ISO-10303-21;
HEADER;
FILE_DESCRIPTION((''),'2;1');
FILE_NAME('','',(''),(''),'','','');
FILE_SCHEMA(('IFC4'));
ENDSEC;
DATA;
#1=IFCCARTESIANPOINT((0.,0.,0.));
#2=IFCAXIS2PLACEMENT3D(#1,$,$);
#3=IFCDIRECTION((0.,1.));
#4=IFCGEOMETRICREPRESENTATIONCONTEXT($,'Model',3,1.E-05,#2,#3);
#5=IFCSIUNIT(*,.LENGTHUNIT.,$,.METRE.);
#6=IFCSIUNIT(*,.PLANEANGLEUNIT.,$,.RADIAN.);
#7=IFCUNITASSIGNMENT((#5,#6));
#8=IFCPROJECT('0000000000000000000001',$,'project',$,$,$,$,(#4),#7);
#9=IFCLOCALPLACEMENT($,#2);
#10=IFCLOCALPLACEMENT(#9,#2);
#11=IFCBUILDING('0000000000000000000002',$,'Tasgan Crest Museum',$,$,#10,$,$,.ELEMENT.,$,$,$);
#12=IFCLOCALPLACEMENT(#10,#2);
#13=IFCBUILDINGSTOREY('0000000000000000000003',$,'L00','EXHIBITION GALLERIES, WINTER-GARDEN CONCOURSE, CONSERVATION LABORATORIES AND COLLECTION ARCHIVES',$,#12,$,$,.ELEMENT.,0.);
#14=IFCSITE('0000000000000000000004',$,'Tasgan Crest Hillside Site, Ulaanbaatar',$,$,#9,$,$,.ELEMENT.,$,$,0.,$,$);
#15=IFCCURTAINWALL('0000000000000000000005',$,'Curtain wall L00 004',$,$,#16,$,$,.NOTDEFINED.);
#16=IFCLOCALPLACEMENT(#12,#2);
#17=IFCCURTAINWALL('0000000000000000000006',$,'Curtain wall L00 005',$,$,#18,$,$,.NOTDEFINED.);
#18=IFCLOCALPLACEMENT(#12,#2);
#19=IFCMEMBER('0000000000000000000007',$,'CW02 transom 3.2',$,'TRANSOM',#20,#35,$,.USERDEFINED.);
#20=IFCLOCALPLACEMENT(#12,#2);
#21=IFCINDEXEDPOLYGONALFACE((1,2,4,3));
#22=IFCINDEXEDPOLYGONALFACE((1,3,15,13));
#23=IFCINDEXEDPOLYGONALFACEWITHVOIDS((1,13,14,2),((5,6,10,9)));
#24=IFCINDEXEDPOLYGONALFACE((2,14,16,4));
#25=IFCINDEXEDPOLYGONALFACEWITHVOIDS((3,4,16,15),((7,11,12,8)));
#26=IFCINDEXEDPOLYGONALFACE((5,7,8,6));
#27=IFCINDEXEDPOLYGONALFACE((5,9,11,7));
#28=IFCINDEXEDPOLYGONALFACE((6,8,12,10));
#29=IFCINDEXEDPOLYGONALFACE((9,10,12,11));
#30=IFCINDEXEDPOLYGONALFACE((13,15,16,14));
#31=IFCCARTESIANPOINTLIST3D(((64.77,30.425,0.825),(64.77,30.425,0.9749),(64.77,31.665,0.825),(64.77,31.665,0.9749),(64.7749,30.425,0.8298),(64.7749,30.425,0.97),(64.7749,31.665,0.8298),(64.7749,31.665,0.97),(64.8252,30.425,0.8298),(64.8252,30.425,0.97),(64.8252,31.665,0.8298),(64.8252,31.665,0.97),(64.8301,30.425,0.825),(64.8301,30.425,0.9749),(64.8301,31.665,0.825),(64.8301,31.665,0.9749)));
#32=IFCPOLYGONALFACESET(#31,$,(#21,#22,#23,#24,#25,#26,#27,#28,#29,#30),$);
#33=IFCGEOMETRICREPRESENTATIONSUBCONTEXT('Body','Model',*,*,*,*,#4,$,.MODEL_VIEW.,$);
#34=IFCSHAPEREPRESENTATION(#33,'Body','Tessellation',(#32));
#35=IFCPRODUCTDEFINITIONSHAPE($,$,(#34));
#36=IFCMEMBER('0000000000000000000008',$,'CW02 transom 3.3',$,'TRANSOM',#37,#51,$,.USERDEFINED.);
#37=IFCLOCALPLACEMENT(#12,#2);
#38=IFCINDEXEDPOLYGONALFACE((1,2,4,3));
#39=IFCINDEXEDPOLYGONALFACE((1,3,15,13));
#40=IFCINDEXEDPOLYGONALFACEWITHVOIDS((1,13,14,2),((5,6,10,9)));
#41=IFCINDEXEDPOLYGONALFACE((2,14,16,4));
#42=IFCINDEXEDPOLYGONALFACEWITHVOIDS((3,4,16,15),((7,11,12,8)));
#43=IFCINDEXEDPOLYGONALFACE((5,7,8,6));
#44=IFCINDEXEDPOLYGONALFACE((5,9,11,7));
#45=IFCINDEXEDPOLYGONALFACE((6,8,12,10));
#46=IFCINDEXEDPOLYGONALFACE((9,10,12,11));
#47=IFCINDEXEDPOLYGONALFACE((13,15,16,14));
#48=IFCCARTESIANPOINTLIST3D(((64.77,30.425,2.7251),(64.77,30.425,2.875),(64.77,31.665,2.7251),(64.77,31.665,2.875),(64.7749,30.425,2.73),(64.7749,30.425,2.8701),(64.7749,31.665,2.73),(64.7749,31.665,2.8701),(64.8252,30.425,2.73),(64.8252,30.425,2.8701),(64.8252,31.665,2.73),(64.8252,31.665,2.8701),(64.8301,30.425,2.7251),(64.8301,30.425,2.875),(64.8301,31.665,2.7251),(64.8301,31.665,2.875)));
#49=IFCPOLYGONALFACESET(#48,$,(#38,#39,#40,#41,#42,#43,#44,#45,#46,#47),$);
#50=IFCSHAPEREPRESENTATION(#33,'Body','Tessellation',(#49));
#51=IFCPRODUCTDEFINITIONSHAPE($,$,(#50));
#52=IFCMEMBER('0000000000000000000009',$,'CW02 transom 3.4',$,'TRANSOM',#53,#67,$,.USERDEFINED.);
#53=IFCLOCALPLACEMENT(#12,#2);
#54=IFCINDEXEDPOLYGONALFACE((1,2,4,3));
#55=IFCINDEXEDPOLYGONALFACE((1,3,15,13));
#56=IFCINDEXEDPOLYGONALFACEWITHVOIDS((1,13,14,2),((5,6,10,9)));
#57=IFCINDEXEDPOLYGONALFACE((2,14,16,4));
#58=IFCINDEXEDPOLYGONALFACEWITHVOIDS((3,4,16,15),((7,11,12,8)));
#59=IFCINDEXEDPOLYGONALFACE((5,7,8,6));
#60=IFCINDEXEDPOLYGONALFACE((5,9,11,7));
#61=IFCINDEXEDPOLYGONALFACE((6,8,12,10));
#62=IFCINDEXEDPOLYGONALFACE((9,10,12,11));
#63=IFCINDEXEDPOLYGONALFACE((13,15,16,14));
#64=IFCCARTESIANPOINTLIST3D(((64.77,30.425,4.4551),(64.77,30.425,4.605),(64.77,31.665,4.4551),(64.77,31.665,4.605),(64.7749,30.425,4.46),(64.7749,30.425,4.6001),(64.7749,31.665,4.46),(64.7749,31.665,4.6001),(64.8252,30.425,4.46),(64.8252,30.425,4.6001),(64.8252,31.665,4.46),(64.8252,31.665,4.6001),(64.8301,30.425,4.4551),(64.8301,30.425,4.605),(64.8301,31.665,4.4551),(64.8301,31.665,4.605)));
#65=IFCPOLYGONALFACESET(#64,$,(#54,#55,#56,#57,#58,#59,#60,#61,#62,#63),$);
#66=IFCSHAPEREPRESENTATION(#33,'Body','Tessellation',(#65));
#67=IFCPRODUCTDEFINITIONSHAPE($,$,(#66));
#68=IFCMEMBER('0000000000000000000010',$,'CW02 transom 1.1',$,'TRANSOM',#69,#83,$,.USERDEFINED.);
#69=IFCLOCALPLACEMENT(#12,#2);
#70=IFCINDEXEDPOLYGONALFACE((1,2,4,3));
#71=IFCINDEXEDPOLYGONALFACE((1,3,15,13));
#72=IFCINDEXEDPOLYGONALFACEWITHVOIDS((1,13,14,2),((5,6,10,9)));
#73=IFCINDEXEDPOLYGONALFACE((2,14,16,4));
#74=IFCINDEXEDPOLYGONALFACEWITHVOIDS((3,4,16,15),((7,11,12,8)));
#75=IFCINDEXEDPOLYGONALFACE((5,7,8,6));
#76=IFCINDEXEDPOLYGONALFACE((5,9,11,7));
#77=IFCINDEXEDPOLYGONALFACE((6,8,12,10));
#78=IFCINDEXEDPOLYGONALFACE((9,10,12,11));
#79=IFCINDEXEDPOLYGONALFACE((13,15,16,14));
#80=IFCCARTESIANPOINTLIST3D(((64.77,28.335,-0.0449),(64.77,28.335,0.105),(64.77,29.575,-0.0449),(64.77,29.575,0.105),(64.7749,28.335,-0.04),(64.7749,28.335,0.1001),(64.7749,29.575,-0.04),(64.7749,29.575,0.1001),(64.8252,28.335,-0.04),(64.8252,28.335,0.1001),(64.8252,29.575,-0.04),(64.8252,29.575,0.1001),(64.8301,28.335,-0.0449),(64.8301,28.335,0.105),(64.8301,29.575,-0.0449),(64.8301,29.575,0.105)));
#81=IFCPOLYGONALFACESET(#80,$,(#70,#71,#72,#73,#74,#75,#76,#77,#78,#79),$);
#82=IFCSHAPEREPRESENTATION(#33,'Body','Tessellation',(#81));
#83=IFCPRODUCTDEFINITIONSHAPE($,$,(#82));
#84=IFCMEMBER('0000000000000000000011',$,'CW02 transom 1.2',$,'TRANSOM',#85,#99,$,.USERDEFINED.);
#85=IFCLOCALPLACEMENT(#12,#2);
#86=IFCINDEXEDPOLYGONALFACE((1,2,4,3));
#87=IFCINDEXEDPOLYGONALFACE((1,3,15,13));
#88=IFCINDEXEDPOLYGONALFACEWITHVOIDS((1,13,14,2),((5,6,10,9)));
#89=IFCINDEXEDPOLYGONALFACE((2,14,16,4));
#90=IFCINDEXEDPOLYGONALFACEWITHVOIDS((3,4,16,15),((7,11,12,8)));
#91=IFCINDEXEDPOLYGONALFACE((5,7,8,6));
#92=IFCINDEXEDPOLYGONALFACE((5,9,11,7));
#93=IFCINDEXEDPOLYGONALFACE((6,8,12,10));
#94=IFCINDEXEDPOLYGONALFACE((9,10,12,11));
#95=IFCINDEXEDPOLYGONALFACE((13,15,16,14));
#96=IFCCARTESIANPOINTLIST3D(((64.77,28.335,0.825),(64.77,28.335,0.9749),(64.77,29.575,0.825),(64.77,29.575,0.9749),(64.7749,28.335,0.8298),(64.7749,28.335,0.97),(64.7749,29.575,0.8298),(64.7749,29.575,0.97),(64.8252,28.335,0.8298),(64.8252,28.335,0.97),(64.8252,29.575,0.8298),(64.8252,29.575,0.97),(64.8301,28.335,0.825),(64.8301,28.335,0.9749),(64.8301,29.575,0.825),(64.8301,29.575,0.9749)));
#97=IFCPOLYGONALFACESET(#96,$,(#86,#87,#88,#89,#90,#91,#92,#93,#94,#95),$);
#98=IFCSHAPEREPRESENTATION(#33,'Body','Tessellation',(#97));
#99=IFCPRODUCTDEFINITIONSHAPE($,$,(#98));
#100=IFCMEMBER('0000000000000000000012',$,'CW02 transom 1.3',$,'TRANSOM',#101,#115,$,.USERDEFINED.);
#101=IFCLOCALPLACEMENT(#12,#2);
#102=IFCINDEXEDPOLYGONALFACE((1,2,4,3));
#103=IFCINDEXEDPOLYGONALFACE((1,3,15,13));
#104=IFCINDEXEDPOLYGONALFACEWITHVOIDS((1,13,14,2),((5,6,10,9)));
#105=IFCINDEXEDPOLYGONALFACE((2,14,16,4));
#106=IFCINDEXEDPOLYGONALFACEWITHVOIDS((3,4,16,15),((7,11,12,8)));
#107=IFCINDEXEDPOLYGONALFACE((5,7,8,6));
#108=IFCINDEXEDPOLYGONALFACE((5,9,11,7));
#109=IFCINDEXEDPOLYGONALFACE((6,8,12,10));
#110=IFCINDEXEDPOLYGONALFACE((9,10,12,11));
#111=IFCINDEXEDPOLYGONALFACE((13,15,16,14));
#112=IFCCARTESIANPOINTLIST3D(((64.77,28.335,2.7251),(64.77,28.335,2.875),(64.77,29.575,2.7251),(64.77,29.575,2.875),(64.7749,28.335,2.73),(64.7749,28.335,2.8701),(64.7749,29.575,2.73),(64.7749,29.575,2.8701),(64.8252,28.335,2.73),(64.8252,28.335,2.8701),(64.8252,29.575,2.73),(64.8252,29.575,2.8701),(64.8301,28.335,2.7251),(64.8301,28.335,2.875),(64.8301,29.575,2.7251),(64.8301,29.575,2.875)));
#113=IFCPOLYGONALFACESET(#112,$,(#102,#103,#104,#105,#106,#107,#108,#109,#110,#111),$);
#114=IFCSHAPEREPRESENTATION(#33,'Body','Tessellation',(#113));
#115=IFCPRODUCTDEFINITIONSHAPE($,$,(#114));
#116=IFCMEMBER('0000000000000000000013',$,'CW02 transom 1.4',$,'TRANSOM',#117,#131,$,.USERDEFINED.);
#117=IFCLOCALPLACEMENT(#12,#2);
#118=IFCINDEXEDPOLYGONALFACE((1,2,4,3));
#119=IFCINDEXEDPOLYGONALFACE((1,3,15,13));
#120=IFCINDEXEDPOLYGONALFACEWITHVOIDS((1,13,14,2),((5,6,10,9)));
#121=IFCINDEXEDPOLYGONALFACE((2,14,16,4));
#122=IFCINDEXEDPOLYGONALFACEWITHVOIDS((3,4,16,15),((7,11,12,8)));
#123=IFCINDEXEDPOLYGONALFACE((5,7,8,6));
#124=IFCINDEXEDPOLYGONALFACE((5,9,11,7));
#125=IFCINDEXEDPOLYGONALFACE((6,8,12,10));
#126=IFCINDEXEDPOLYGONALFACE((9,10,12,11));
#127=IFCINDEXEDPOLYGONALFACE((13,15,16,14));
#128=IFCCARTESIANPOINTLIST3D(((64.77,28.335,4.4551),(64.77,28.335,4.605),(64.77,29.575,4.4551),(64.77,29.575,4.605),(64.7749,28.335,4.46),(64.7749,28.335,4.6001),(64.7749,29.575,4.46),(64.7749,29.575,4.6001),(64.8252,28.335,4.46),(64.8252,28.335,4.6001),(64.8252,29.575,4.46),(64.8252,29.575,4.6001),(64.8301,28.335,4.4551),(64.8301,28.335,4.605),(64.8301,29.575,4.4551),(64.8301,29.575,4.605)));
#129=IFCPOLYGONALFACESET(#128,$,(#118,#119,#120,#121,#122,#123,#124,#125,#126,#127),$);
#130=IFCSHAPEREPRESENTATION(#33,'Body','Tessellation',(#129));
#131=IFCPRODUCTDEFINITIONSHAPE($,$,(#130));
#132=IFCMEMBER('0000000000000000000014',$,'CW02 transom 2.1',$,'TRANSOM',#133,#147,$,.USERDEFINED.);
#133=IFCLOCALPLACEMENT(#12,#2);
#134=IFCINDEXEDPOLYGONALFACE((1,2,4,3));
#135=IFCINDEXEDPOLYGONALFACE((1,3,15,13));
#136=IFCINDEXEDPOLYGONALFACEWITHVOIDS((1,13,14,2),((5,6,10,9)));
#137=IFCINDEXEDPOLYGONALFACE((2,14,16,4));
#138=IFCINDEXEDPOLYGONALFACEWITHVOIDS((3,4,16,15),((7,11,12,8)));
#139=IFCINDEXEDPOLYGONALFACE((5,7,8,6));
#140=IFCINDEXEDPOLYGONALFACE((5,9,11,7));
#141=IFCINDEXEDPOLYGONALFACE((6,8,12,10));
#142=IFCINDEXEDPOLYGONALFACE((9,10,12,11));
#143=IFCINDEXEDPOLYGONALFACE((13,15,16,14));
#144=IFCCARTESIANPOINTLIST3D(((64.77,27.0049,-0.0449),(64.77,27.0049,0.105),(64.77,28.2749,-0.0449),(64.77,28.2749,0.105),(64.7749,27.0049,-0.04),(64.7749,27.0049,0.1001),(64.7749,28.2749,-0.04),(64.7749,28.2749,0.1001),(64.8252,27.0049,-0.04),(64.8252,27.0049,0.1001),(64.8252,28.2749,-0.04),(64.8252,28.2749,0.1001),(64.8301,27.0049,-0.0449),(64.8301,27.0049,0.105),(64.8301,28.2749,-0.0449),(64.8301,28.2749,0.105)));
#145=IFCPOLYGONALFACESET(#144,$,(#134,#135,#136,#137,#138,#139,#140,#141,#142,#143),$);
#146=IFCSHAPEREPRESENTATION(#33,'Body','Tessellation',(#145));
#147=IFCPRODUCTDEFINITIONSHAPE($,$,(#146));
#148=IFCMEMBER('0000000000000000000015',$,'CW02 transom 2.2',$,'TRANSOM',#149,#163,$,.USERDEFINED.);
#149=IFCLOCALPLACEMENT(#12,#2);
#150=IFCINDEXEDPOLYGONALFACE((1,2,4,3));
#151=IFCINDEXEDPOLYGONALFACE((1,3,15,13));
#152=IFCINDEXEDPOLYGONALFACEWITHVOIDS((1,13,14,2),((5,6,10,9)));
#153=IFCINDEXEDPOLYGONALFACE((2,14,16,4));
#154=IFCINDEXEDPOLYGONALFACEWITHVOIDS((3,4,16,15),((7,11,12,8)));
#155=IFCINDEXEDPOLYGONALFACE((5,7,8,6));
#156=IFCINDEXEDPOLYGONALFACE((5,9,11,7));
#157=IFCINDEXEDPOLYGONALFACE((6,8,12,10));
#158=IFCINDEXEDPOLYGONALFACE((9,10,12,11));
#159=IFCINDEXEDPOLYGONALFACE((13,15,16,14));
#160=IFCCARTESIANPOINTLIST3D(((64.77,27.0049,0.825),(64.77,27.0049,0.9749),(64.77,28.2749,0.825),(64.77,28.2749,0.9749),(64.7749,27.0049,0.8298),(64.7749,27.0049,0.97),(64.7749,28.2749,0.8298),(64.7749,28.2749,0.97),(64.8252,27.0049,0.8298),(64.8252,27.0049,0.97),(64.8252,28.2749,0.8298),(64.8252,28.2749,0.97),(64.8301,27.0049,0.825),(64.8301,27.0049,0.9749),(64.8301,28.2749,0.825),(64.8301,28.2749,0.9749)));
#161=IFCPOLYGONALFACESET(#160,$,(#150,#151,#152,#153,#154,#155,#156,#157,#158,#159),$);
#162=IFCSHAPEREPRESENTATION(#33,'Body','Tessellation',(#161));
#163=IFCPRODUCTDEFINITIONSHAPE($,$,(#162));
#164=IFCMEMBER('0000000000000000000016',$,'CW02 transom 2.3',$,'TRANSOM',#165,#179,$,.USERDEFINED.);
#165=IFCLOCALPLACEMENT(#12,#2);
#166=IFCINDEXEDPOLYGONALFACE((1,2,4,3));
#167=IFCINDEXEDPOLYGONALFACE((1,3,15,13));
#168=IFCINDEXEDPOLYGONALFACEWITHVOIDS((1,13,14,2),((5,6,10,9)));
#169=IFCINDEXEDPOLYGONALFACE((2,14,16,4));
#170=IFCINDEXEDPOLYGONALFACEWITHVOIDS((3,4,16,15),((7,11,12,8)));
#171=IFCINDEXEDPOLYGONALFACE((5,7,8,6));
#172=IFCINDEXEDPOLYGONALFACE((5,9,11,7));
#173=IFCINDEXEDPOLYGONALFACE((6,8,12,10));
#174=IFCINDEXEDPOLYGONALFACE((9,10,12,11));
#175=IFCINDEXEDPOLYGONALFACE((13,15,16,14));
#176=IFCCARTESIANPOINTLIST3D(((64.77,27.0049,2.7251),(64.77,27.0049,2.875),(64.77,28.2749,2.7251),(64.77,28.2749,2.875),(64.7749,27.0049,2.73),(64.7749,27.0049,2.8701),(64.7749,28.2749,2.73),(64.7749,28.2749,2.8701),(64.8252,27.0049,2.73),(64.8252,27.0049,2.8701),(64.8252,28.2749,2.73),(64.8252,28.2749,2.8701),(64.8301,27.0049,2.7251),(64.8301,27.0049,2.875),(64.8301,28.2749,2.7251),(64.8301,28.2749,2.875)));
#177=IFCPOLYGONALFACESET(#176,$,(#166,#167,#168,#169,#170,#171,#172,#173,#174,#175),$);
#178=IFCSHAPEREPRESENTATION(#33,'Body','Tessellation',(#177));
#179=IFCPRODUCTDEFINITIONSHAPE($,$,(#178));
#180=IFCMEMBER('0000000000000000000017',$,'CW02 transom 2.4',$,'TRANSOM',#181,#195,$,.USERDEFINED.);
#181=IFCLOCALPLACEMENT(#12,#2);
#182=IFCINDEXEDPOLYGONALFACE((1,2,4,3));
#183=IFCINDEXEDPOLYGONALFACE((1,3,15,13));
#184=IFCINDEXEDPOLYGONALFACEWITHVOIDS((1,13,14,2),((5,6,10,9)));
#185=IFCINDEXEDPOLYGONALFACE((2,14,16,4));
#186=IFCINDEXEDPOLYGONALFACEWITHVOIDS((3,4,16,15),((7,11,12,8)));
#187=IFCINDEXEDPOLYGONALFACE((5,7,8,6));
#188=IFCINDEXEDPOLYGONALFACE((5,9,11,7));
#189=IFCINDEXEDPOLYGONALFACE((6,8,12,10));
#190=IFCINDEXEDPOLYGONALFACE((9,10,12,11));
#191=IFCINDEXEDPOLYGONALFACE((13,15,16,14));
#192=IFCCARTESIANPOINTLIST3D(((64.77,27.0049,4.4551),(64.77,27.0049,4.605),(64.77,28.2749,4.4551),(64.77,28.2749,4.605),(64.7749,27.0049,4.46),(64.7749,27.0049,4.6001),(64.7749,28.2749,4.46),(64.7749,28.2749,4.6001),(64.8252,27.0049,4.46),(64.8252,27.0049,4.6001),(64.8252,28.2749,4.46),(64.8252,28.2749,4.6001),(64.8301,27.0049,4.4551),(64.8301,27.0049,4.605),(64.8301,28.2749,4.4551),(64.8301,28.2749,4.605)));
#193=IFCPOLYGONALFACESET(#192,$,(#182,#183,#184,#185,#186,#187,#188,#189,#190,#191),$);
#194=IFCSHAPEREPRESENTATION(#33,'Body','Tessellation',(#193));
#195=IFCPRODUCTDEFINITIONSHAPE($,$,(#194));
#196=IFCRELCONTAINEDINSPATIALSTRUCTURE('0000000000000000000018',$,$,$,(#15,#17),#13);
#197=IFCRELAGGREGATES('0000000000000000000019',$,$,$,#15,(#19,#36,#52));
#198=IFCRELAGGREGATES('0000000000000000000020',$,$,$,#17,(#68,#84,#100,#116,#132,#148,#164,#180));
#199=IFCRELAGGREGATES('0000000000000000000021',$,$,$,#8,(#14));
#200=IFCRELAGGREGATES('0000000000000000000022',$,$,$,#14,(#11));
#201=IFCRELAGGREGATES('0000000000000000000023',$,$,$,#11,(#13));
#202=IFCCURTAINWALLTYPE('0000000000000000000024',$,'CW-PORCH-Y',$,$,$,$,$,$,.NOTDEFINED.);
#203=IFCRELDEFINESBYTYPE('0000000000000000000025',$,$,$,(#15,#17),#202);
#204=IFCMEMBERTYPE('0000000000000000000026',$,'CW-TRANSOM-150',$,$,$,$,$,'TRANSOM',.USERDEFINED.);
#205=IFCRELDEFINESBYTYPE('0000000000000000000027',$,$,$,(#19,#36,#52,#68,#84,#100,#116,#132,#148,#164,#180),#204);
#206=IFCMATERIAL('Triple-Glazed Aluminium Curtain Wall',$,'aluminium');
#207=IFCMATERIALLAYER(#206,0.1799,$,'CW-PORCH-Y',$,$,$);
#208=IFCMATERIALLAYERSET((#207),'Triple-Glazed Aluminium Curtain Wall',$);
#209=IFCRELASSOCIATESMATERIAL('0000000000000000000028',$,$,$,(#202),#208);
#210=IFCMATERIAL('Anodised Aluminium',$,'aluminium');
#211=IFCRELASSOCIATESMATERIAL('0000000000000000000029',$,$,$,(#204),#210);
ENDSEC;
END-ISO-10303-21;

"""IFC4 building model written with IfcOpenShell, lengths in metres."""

from ifc_helpers import new_model, si_unit, direction, frame, origin, origin_2d, place, context, subcontext, project, spatial, hollow_rectangle, extrude, material, layer, layer_set, material_profile, profile_set, type_object, element, aggregate, save


model = new_model("IFC4")

# Units and contexts
model_context = context("Model", 3, precision=1e-05, world=origin(), true_north=direction((0.0, 1.0)))
body_context = subcontext(model_context, "Body", "Model", "MODEL_VIEW")
ifc_project = project(units=[si_unit("LENGTHUNIT", "METRE"), si_unit("PLANEANGLEUNIT", "RADIAN")], contexts=[model_context])

# Site, building, storey
site_placement = place(None, origin())
site = spatial("IfcSite", under=ifc_project, at=site_placement, Name="Tasgan Crest Hillside Site, Ulaanbaatar", CompositionType="ELEMENT", RefElevation=0.0)
building_placement = place(site_placement, origin())
building = spatial("IfcBuilding", under=site, at=building_placement, Name="Tasgan Crest Museum", CompositionType="ELEMENT")
storey_placement = place(building_placement, origin())
storey = spatial("IfcBuildingStorey", under=building, at=storey_placement, Name="L00", Description="EXHIBITION GALLERIES, WINTER-GARDEN CONCOURSE, CONSERVATION LABORATORIES AND COLLECTION ARCHIVES", CompositionType="ELEMENT", Elevation=0.0)

# Curtain walls
ifc_material_1 = material(Name="Triple-Glazed Aluminium Curtain Wall", Category="aluminium")
ifc_layer_1 = layer(ifc_material_1, 0.1799, Name="CW-PORCH-Y")
ifc_layer_set_1 = layer_set([ifc_layer_1], Name="Triple-Glazed Aluminium Curtain Wall")
curtain_wall_type = type_object("IfcCurtainWallType", Name="CW-PORCH-Y", PredefinedType="NOTDEFINED", material=ifc_layer_set_1)
curtain_wall_1_placement = place(storey_placement, origin())
curtain_wall_1 = element("IfcCurtainWall", 1, at=curtain_wall_1_placement, inside=storey, type_object=curtain_wall_type, Name="Curtain wall L00 004", PredefinedType="NOTDEFINED")
curtain_wall_2_placement = place(storey_placement, origin())
curtain_wall_2 = element("IfcCurtainWall", 2, at=curtain_wall_2_placement, inside=storey, type_object=curtain_wall_type, Name="Curtain wall L00 005", PredefinedType="NOTDEFINED")

# Members
ifc_material_2 = material(Name="Anodised Aluminium", Category="aluminium")
ifc_material_profile_1 = material_profile(ifc_material_2, hollow_rectangle(XDim=0.0601, YDim=0.1499, WallThickness=0.0049, at=origin_2d()), Name="ALU TRANSOM 150x60x5")
ifc_profile_set_1 = profile_set([ifc_material_profile_1], Name="Anodised Aluminium")
member_type_1 = type_object("IfcMemberType", Name="CW-TRANSOM-150", ElementType="TRANSOM", PredefinedType="USERDEFINED", material=ifc_profile_set_1)
member_1_placement = place(storey_placement, frame((64.8, 31.665, 0.8999), z_axis=(0.0, -1.0, 0.0), x_axis=(1.0, 0.0, 0.0)))
member_1 = element("IfcMember", 3, at=member_1_placement, type_object=member_type_1, Name="CW02 transom 3.2", ObjectType="TRANSOM", PredefinedType="USERDEFINED", context=body_context, shape_type="SweptSolid", body=[
    extrude(hollow_rectangle(XDim=0.0601, YDim=0.1499, WallThickness=0.0049, at=origin_2d()), origin(), (0.0, 0.0, 1.0), 1.24),
])
member_2_placement = place(storey_placement, frame((64.8, 31.665, 2.8), z_axis=(0.0, -1.0, 0.0), x_axis=(1.0, 0.0, 0.0)))
member_2 = element("IfcMember", 4, at=member_2_placement, type_object=member_type_1, Name="CW02 transom 3.3", ObjectType="TRANSOM", PredefinedType="USERDEFINED", context=body_context, shape_type="SweptSolid", body=[
    extrude(hollow_rectangle(XDim=0.0601, YDim=0.1499, WallThickness=0.0049, at=origin_2d()), origin(), (0.0, 0.0, 1.0), 1.24),
])
member_3_placement = place(storey_placement, frame((64.8, 31.665, 4.53), z_axis=(0.0, -1.0, 0.0), x_axis=(1.0, 0.0, 0.0)))
member_3 = element("IfcMember", 5, at=member_3_placement, type_object=member_type_1, Name="CW02 transom 3.4", ObjectType="TRANSOM", PredefinedType="USERDEFINED", context=body_context, shape_type="SweptSolid", body=[
    extrude(hollow_rectangle(XDim=0.0601, YDim=0.1499, WallThickness=0.0049, at=origin_2d()), origin(), (0.0, 0.0, 1.0), 1.24),
])
member_4_placement = place(storey_placement, frame((64.8, 29.575, 0.03), z_axis=(0.0, -1.0, 0.0), x_axis=(1.0, 0.0, 0.0)))
member_4 = element("IfcMember", 6, at=member_4_placement, type_object=member_type_1, Name="CW02 transom 1.1", ObjectType="TRANSOM", PredefinedType="USERDEFINED", context=body_context, shape_type="SweptSolid", body=[
    extrude(hollow_rectangle(XDim=0.0601, YDim=0.1499, WallThickness=0.0049, at=origin_2d()), origin(), (0.0, 0.0, 1.0), 1.24),
])
member_5_placement = place(storey_placement, frame((64.8, 29.575, 0.8999), z_axis=(0.0, -1.0, 0.0), x_axis=(1.0, 0.0, 0.0)))
member_5 = element("IfcMember", 7, at=member_5_placement, type_object=member_type_1, Name="CW02 transom 1.2", ObjectType="TRANSOM", PredefinedType="USERDEFINED", context=body_context, shape_type="SweptSolid", body=[
    extrude(hollow_rectangle(XDim=0.0601, YDim=0.1499, WallThickness=0.0049, at=origin_2d()), origin(), (0.0, 0.0, 1.0), 1.24),
])
member_6_placement = place(storey_placement, frame((64.8, 29.575, 2.8), z_axis=(0.0, -1.0, 0.0), x_axis=(1.0, 0.0, 0.0)))
member_6 = element("IfcMember", 8, at=member_6_placement, type_object=member_type_1, Name="CW02 transom 1.3", ObjectType="TRANSOM", PredefinedType="USERDEFINED", context=body_context, shape_type="SweptSolid", body=[
    extrude(hollow_rectangle(XDim=0.0601, YDim=0.1499, WallThickness=0.0049, at=origin_2d()), origin(), (0.0, 0.0, 1.0), 1.24),
])
member_7_placement = place(storey_placement, frame((64.8, 29.575, 4.53), z_axis=(0.0, -1.0, 0.0), x_axis=(1.0, 0.0, 0.0)))
member_7 = element("IfcMember", 9, at=member_7_placement, type_object=member_type_1, Name="CW02 transom 1.4", ObjectType="TRANSOM", PredefinedType="USERDEFINED", context=body_context, shape_type="SweptSolid", body=[
    extrude(hollow_rectangle(XDim=0.0601, YDim=0.1499, WallThickness=0.0049, at=origin_2d()), origin(), (0.0, 0.0, 1.0), 1.24),
])
member_8_placement = place(storey_placement, frame((64.8, 28.2749, 0.03), z_axis=(0.0, -1.0, 0.0), x_axis=(1.0, 0.0, 0.0)))
member_8 = element("IfcMember", 10, at=member_8_placement, type_object=member_type_1, Name="CW02 transom 2.1", ObjectType="TRANSOM", PredefinedType="USERDEFINED", context=body_context, shape_type="SweptSolid", body=[
    extrude(hollow_rectangle(XDim=0.0601, YDim=0.1499, WallThickness=0.0049, at=origin_2d()), origin(), (0.0, 0.0, 1.0), 1.27),
])
member_9_placement = place(storey_placement, frame((64.8, 28.2749, 0.8999), z_axis=(0.0, -1.0, 0.0), x_axis=(1.0, 0.0, 0.0)))
member_9 = element("IfcMember", 11, at=member_9_placement, type_object=member_type_1, Name="CW02 transom 2.2", ObjectType="TRANSOM", PredefinedType="USERDEFINED", context=body_context, shape_type="SweptSolid", body=[
    extrude(hollow_rectangle(XDim=0.0601, YDim=0.1499, WallThickness=0.0049, at=origin_2d()), origin(), (0.0, 0.0, 1.0), 1.27),
])
member_10_placement = place(storey_placement, frame((64.8, 28.2749, 2.8), z_axis=(0.0, -1.0, 0.0), x_axis=(1.0, 0.0, 0.0)))
member_10 = element("IfcMember", 12, at=member_10_placement, type_object=member_type_1, Name="CW02 transom 2.3", ObjectType="TRANSOM", PredefinedType="USERDEFINED", context=body_context, shape_type="SweptSolid", body=[
    extrude(hollow_rectangle(XDim=0.0601, YDim=0.1499, WallThickness=0.0049, at=origin_2d()), origin(), (0.0, 0.0, 1.0), 1.27),
])
member_11_placement = place(storey_placement, frame((64.8, 28.2749, 4.53), z_axis=(0.0, -1.0, 0.0), x_axis=(1.0, 0.0, 0.0)))
member_11 = element("IfcMember", 13, at=member_11_placement, type_object=member_type_1, Name="CW02 transom 2.4", ObjectType="TRANSOM", PredefinedType="USERDEFINED", context=body_context, shape_type="SweptSolid", body=[
    extrude(hollow_rectangle(XDim=0.0601, YDim=0.1499, WallThickness=0.0049, at=origin_2d()), origin(), (0.0, 0.0, 1.0), 1.27),
])

aggregate(curtain_wall_1, [member_1, member_2, member_3])
aggregate(curtain_wall_2, [member_4, member_5, member_6, member_7, member_8, member_9, member_10, member_11])

save(model, "model.ifc")
